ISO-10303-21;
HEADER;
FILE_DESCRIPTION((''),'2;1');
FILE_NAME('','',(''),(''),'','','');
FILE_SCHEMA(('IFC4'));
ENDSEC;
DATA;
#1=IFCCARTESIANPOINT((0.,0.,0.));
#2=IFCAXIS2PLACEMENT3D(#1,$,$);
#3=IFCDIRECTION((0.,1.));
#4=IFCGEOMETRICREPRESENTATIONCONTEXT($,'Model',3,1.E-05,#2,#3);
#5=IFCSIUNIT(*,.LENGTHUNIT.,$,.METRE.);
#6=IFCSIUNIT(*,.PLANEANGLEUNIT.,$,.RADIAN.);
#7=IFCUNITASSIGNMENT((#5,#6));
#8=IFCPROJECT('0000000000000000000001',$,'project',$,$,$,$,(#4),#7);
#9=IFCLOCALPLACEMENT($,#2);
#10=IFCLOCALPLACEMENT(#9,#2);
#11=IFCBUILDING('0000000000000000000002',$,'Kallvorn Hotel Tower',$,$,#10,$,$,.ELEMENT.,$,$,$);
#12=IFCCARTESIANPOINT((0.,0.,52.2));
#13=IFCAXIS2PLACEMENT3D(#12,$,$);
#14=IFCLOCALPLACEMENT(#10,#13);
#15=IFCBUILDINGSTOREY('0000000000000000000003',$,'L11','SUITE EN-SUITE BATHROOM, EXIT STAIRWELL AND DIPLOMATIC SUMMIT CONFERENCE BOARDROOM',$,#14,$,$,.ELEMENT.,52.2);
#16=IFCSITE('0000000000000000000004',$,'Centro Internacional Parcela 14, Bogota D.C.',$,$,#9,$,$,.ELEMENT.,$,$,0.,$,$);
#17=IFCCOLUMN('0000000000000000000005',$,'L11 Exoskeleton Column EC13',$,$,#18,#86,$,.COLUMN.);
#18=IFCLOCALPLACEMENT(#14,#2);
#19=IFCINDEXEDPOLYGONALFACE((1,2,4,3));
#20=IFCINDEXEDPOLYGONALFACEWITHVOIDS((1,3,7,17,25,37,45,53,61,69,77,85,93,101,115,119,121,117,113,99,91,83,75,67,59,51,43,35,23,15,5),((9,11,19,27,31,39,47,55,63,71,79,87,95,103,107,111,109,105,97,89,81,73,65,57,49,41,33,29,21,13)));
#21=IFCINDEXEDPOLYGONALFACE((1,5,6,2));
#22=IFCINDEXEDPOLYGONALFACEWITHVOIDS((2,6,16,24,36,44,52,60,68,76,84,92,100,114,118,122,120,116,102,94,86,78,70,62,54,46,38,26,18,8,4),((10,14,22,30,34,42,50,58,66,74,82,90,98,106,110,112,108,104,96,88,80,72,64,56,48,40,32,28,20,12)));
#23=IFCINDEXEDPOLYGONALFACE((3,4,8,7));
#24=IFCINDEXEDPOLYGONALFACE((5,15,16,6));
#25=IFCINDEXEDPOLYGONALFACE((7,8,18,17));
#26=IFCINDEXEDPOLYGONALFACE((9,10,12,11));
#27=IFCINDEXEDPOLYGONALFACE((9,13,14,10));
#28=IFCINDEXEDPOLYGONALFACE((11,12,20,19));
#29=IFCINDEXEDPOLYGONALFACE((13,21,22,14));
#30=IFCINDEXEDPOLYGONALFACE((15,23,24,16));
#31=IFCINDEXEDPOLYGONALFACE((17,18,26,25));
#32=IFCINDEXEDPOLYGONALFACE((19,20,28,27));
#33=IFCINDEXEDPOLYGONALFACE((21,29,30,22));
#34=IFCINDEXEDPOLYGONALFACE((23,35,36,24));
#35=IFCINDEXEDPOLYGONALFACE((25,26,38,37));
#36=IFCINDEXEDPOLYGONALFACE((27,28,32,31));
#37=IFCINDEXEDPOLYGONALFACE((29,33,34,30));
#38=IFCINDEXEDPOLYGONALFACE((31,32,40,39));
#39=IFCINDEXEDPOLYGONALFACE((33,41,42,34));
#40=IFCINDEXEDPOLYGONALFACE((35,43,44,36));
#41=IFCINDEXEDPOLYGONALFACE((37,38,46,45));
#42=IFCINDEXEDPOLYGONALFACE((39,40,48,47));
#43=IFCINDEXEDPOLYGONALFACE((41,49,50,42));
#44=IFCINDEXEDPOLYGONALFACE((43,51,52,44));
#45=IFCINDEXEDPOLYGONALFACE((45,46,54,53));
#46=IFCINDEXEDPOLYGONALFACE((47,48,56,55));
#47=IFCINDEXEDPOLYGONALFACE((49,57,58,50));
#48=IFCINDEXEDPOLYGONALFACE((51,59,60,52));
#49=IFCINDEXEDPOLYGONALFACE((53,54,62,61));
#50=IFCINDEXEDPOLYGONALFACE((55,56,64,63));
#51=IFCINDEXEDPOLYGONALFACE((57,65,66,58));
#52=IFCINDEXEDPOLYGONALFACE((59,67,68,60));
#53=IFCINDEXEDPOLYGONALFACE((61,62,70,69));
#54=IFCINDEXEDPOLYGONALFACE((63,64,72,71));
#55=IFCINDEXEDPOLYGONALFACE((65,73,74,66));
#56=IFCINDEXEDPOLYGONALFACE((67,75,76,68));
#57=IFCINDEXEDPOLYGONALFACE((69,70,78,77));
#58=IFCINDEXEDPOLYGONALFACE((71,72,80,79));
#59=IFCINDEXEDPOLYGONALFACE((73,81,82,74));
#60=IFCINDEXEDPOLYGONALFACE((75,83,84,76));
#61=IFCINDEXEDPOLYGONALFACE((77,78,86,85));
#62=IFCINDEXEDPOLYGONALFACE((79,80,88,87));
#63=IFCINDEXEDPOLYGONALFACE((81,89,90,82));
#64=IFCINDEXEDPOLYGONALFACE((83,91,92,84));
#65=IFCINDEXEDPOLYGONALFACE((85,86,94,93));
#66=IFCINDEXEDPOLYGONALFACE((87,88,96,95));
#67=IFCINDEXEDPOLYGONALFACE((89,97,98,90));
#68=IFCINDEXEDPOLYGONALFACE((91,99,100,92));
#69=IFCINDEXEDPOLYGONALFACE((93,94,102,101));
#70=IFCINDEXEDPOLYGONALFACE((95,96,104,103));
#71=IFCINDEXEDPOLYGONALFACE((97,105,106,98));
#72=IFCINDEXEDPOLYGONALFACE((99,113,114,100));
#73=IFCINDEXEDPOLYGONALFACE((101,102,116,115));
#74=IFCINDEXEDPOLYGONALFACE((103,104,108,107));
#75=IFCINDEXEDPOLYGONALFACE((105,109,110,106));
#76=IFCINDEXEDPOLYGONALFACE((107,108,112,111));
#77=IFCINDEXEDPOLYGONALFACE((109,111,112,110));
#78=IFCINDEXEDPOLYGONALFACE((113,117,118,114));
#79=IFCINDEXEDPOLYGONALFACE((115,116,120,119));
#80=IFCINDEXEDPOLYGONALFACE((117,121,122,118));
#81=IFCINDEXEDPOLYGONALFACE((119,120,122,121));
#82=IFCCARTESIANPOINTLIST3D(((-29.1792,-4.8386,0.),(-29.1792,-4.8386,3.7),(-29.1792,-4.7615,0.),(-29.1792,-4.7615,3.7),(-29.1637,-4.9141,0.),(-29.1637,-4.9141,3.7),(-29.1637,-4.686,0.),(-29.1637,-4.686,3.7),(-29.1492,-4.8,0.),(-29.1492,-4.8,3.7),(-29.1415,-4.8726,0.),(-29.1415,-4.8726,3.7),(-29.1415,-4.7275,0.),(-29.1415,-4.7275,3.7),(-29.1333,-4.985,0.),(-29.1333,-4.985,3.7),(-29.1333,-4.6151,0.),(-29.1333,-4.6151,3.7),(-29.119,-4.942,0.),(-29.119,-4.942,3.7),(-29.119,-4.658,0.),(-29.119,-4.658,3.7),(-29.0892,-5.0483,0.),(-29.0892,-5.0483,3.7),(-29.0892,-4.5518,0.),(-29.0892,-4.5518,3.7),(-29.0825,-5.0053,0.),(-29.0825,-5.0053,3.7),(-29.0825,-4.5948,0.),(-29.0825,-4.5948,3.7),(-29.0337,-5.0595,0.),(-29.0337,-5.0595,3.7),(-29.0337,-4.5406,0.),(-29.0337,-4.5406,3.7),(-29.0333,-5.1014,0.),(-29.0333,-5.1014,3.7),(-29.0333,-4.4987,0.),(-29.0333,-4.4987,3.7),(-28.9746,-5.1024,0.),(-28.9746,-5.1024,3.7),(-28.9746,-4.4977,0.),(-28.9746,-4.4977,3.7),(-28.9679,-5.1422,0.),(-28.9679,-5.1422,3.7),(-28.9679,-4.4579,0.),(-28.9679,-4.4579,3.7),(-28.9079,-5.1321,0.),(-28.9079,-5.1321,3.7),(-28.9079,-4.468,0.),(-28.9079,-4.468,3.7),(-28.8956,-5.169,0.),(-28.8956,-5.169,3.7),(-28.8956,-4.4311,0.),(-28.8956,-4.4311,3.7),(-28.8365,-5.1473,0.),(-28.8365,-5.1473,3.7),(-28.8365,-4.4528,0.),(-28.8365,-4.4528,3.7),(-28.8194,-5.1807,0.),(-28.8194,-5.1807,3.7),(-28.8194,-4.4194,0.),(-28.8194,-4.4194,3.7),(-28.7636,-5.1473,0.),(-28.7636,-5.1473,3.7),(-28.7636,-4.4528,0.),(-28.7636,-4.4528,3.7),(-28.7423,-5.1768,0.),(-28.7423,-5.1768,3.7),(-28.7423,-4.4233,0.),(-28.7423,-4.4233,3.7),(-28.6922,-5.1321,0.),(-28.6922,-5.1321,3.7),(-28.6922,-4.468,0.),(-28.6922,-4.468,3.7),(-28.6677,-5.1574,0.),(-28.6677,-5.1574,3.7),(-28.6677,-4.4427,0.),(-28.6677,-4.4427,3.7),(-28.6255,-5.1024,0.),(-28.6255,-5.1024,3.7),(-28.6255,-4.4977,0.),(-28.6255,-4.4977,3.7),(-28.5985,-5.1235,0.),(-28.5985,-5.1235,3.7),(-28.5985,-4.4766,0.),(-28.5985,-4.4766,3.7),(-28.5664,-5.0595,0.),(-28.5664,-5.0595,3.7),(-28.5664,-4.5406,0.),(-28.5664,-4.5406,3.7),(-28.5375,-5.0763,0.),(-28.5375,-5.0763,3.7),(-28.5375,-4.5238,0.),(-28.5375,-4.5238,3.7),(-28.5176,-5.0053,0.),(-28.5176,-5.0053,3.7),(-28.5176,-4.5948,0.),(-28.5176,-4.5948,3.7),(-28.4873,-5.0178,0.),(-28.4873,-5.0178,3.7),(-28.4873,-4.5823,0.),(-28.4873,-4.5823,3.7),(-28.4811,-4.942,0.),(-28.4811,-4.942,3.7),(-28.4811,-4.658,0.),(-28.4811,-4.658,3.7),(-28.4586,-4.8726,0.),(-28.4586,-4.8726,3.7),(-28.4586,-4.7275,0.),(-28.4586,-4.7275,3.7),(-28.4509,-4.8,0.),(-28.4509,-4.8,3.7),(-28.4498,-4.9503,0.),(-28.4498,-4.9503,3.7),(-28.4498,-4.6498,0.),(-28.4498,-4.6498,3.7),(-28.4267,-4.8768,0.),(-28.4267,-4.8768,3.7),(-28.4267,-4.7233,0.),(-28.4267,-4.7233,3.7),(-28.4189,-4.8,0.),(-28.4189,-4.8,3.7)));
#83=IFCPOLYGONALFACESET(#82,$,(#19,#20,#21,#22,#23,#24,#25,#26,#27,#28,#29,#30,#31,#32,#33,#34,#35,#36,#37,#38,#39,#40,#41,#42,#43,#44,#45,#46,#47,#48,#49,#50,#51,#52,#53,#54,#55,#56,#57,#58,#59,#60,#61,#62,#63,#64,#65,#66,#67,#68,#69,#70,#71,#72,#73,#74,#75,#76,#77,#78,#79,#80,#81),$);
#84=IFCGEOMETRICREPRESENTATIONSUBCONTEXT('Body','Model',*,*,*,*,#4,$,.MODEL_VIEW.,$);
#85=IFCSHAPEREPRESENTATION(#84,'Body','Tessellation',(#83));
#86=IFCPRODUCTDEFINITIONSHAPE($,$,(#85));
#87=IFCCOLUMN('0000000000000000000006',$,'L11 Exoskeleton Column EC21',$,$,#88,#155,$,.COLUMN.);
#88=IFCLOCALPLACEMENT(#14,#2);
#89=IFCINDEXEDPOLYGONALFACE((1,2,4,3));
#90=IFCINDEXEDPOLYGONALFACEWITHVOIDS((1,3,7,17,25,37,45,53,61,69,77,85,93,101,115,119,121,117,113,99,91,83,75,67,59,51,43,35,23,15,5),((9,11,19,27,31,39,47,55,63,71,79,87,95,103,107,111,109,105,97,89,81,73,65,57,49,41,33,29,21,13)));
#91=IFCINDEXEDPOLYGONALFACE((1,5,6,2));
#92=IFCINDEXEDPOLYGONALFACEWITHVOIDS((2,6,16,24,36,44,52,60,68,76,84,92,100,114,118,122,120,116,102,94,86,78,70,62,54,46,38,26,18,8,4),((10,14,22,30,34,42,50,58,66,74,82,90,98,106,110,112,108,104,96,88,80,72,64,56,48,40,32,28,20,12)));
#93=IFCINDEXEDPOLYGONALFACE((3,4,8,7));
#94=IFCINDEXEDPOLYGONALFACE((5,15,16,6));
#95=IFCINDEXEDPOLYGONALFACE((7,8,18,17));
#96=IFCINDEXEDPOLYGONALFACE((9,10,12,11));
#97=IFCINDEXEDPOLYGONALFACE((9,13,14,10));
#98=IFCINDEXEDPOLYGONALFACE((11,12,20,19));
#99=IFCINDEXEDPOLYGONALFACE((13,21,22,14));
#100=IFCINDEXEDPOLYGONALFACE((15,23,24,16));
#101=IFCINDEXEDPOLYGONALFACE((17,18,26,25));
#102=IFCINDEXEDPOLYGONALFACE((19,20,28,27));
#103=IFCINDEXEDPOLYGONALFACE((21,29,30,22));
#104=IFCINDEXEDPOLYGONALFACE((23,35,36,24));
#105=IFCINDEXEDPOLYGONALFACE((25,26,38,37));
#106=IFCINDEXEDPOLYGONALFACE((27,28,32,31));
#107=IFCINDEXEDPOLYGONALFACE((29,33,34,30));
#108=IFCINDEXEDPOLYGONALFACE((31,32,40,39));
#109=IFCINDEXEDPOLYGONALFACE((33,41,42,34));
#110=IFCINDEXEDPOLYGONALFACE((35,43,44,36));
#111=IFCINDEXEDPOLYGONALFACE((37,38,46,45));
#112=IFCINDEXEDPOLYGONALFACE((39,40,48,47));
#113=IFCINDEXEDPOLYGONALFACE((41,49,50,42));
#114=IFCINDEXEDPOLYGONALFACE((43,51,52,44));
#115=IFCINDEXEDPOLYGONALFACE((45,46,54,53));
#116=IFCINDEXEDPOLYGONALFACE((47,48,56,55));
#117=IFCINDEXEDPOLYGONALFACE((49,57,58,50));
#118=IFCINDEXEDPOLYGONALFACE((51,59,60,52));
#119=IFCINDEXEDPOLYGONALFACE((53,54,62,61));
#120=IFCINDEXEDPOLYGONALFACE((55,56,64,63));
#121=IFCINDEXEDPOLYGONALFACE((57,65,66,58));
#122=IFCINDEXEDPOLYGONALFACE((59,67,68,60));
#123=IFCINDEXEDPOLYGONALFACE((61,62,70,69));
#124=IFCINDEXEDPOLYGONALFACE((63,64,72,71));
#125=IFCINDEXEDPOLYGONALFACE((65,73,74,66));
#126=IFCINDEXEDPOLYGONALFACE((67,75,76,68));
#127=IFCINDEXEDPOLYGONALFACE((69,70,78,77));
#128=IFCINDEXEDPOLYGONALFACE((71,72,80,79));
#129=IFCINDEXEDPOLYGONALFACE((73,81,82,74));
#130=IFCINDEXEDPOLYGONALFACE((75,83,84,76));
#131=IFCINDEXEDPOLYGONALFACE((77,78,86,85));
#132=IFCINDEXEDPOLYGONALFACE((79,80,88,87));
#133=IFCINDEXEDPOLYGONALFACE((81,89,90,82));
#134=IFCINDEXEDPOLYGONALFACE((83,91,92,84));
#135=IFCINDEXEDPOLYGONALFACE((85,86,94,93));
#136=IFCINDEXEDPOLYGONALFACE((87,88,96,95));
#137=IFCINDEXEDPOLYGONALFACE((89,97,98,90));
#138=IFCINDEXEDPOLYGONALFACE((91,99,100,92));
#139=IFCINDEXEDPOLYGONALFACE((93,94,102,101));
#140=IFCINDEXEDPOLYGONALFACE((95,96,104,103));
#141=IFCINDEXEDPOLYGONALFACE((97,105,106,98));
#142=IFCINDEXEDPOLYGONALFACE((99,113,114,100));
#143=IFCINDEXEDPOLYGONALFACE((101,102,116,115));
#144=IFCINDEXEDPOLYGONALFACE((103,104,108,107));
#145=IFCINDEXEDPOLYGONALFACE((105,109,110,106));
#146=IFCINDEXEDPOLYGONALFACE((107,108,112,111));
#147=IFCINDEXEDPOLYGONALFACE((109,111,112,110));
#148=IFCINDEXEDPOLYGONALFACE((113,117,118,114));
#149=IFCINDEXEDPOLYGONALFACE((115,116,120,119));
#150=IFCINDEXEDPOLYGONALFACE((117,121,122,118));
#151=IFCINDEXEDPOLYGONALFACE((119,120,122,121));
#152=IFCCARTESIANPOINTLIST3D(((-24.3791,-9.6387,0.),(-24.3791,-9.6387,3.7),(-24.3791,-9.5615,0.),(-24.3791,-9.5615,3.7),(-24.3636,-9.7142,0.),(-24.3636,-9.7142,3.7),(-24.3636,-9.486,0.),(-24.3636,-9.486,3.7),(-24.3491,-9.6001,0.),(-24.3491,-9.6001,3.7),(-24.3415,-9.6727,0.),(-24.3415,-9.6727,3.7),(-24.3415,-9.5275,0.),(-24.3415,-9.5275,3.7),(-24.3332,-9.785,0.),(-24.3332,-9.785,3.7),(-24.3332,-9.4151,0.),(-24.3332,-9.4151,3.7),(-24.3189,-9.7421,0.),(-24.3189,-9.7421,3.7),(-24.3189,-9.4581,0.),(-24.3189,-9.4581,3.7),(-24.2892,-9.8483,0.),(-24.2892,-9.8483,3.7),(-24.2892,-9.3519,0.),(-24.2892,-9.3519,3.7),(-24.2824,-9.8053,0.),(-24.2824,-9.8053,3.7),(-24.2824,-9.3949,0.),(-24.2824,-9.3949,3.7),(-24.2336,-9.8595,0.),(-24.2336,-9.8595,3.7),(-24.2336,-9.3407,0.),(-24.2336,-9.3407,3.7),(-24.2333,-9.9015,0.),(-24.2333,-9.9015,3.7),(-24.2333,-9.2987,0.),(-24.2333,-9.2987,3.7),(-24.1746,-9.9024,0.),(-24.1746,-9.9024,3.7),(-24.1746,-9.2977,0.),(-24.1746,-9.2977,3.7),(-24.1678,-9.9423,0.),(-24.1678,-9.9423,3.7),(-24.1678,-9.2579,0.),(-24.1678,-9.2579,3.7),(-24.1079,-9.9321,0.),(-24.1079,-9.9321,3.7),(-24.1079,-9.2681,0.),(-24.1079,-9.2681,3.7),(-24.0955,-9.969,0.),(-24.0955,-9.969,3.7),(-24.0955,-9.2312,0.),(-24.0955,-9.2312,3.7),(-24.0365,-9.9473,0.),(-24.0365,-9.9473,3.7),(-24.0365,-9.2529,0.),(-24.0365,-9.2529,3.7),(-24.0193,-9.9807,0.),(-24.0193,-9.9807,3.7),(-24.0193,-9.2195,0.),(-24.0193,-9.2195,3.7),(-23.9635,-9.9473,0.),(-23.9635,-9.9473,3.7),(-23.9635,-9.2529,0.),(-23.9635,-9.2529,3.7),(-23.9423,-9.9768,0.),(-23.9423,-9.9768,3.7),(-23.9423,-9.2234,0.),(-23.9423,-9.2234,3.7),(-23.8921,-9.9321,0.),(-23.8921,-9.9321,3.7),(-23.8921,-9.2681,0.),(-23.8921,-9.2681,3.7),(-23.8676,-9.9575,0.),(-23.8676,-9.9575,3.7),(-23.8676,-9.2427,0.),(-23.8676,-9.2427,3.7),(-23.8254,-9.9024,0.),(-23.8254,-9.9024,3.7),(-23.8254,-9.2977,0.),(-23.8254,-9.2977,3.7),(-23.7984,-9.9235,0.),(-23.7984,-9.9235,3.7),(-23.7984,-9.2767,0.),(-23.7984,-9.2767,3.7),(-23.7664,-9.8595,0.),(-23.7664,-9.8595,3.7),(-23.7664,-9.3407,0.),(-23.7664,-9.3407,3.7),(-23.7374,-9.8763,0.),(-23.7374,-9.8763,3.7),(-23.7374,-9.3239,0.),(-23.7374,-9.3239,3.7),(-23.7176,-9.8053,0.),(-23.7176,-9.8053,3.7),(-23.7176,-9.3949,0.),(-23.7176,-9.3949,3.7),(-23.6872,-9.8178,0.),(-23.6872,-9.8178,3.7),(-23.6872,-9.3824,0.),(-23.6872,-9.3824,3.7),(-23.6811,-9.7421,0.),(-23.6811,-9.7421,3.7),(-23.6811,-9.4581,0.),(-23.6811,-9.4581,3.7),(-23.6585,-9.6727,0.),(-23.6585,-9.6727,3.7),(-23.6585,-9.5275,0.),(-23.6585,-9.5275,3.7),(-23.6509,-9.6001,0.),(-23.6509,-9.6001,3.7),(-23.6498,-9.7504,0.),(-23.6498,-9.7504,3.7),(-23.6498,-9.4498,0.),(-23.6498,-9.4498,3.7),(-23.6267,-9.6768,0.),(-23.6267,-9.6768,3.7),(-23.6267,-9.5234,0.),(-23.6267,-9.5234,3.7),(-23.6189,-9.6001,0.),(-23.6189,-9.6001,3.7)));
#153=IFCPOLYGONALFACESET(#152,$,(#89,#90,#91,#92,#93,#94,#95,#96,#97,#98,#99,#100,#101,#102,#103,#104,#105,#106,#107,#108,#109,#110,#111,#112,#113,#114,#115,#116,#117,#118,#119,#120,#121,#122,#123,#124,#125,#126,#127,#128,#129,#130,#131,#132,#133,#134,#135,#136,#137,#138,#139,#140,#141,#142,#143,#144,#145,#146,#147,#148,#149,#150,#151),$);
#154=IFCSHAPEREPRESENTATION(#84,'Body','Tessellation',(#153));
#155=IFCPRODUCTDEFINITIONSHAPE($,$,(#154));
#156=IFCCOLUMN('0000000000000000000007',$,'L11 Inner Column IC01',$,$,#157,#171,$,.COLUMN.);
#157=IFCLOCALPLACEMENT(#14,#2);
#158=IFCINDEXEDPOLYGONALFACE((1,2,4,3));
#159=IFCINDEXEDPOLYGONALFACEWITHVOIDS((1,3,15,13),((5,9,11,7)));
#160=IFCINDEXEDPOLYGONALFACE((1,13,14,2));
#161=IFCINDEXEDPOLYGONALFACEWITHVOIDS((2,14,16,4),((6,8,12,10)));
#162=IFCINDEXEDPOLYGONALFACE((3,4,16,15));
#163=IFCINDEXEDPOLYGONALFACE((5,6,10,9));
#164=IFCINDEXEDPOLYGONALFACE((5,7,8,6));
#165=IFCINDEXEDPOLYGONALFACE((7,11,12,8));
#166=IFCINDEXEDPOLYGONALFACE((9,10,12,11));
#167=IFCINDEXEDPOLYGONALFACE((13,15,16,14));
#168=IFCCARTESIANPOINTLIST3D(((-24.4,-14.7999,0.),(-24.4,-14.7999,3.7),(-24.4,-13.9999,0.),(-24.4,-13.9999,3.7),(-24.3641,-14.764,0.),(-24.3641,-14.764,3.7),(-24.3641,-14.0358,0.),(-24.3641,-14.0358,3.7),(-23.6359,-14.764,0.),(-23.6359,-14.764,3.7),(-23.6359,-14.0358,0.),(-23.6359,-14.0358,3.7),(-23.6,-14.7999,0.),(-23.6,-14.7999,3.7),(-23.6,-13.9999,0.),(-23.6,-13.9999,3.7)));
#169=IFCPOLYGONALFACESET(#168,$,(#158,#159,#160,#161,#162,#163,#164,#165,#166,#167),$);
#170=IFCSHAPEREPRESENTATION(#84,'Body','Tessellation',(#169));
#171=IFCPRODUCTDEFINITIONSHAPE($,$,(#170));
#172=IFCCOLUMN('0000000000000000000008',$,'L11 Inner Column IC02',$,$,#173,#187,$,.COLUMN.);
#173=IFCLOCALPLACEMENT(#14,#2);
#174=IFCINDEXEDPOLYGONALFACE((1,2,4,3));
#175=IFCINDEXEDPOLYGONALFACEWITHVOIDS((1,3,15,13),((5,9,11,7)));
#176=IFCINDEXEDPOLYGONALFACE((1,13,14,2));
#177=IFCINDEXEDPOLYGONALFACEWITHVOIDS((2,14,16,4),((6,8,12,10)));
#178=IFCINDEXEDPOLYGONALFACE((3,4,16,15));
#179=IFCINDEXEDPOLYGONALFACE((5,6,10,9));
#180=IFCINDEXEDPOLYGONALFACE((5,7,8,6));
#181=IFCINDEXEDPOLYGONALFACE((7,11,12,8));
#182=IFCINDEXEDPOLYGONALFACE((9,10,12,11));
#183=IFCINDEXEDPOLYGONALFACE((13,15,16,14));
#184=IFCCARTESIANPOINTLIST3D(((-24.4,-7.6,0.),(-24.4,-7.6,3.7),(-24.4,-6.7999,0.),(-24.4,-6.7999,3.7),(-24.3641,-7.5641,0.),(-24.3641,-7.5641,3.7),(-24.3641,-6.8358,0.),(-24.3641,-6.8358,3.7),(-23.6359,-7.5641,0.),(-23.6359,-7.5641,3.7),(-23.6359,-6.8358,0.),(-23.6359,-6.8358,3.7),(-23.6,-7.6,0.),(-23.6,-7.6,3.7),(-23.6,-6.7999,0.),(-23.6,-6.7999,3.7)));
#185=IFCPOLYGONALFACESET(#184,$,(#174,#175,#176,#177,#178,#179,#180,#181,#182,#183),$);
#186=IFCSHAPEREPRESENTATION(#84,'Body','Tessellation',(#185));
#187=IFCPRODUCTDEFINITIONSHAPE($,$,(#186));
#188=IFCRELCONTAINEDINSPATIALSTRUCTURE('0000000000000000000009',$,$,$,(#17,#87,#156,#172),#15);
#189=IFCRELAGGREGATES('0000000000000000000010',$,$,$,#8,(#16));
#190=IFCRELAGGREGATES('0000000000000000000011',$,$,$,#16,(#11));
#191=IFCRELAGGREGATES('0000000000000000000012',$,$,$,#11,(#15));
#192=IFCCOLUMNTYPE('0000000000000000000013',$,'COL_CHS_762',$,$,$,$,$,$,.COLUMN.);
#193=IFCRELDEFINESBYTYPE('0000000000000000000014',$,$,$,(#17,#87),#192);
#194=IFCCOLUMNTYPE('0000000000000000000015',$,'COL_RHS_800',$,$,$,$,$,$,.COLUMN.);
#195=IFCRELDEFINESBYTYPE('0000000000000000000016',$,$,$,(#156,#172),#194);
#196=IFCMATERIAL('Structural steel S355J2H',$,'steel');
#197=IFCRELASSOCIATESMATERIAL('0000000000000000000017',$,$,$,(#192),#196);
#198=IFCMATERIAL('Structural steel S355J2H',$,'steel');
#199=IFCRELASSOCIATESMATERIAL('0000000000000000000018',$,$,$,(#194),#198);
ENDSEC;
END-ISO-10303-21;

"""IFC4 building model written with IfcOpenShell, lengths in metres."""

from ifc_helpers import new_model, si_unit, direction, frame, origin, origin_2d, place, context, subcontext, project, spatial, hollow_rectangle, hollow_circle, extrude, material, material_profile, profile_set, type_object, element, save


model = new_model("IFC4")

# Units and contexts
model_context = context("Model", 3, precision=1e-05, world=origin(), true_north=direction((0.0, 1.0)))
body_context = subcontext(model_context, "Body", "Model", "MODEL_VIEW")
ifc_project = project(units=[si_unit("LENGTHUNIT", "METRE"), si_unit("PLANEANGLEUNIT", "RADIAN")], contexts=[model_context])

# Site, building, storey
site_placement = place(None, origin())
site = spatial("IfcSite", under=ifc_project, at=site_placement, Name="Centro Internacional Parcela 14, Bogota D.C.", CompositionType="ELEMENT", RefElevation=0.0)
building_placement = place(site_placement, origin())
building = spatial("IfcBuilding", under=site, at=building_placement, Name="Kallvorn Hotel Tower", CompositionType="ELEMENT")
storey_placement = place(building_placement, frame((0.0, 0.0, 52.2)))
storey = spatial("IfcBuildingStorey", under=building, at=storey_placement, Name="L11", Description="SUITE EN-SUITE BATHROOM, EXIT STAIRWELL AND DIPLOMATIC SUMMIT CONFERENCE BOARDROOM", CompositionType="ELEMENT", Elevation=52.2)

# Columns
ifc_material_1 = material(Name="Structural steel S355J2H", Category="steel")
ifc_material_profile_1 = material_profile(ifc_material_1, hollow_circle(Radius=0.3811, WallThickness=0.032, at=origin_2d()), Name="CHS 762x32")
ifc_profile_set_1 = profile_set([ifc_material_profile_1], Name="Structural steel S355J2H")
column_type_1 = type_object("IfcColumnType", Name="COL_CHS_762", PredefinedType="COLUMN", material=ifc_profile_set_1)
for number, where, z_axis, x_axis, name in (
    (1, (-28.8, -4.8, 0.0), (0.0, 0.0, 1.0), (1.0, 0.0, 0.0), "L11 Exoskeleton Column EC13"),
    (2, (-24.0, -9.6001, 0.0), (0.0, 0.0, 1.0), (1.0, 0.0, 0.0), "L11 Exoskeleton Column EC21"),
):
    element("IfcColumn", number, at=place(storey_placement, frame(where, z_axis=z_axis, x_axis=x_axis)), inside=storey, type_object=column_type_1, Name=name, PredefinedType="COLUMN", context=body_context, shape_type="SweptSolid", body=[
        extrude(hollow_circle(Radius=0.3811, WallThickness=0.032, at=origin_2d()), origin(), (0.0, 0.0, 1.0), 3.7),
    ])
ifc_material_2 = material(Name="Structural steel S355J2H", Category="steel")
ifc_material_profile_2 = material_profile(ifc_material_2, hollow_rectangle(XDim=0.8, YDim=0.8, WallThickness=0.0359, at=origin_2d()), Name="RHS 800x800x36")
ifc_profile_set_2 = profile_set([ifc_material_profile_2], Name="Structural steel S355J2H")
column_type_2 = type_object("IfcColumnType", Name="COL_RHS_800", PredefinedType="COLUMN", material=ifc_profile_set_2)
for number, where, z_axis, x_axis, name in (
    (3, (-24.0, -14.3999, 0.0), (0.0, 0.0, 1.0), (1.0, 0.0, 0.0), "L11 Inner Column IC01"),
    (4, (-24.0, -7.2, 0.0), (0.0, 0.0, 1.0), (1.0, 0.0, 0.0), "L11 Inner Column IC02"),
):
    element("IfcColumn", number, at=place(storey_placement, frame(where, z_axis=z_axis, x_axis=x_axis)), inside=storey, type_object=column_type_2, Name=name, PredefinedType="COLUMN", context=body_context, shape_type="SweptSolid", body=[
        extrude(hollow_rectangle(XDim=0.8, YDim=0.8, WallThickness=0.0359, at=origin_2d()), origin(), (0.0, 0.0, 1.0), 3.7),
    ])

save(model, "model.ifc")
